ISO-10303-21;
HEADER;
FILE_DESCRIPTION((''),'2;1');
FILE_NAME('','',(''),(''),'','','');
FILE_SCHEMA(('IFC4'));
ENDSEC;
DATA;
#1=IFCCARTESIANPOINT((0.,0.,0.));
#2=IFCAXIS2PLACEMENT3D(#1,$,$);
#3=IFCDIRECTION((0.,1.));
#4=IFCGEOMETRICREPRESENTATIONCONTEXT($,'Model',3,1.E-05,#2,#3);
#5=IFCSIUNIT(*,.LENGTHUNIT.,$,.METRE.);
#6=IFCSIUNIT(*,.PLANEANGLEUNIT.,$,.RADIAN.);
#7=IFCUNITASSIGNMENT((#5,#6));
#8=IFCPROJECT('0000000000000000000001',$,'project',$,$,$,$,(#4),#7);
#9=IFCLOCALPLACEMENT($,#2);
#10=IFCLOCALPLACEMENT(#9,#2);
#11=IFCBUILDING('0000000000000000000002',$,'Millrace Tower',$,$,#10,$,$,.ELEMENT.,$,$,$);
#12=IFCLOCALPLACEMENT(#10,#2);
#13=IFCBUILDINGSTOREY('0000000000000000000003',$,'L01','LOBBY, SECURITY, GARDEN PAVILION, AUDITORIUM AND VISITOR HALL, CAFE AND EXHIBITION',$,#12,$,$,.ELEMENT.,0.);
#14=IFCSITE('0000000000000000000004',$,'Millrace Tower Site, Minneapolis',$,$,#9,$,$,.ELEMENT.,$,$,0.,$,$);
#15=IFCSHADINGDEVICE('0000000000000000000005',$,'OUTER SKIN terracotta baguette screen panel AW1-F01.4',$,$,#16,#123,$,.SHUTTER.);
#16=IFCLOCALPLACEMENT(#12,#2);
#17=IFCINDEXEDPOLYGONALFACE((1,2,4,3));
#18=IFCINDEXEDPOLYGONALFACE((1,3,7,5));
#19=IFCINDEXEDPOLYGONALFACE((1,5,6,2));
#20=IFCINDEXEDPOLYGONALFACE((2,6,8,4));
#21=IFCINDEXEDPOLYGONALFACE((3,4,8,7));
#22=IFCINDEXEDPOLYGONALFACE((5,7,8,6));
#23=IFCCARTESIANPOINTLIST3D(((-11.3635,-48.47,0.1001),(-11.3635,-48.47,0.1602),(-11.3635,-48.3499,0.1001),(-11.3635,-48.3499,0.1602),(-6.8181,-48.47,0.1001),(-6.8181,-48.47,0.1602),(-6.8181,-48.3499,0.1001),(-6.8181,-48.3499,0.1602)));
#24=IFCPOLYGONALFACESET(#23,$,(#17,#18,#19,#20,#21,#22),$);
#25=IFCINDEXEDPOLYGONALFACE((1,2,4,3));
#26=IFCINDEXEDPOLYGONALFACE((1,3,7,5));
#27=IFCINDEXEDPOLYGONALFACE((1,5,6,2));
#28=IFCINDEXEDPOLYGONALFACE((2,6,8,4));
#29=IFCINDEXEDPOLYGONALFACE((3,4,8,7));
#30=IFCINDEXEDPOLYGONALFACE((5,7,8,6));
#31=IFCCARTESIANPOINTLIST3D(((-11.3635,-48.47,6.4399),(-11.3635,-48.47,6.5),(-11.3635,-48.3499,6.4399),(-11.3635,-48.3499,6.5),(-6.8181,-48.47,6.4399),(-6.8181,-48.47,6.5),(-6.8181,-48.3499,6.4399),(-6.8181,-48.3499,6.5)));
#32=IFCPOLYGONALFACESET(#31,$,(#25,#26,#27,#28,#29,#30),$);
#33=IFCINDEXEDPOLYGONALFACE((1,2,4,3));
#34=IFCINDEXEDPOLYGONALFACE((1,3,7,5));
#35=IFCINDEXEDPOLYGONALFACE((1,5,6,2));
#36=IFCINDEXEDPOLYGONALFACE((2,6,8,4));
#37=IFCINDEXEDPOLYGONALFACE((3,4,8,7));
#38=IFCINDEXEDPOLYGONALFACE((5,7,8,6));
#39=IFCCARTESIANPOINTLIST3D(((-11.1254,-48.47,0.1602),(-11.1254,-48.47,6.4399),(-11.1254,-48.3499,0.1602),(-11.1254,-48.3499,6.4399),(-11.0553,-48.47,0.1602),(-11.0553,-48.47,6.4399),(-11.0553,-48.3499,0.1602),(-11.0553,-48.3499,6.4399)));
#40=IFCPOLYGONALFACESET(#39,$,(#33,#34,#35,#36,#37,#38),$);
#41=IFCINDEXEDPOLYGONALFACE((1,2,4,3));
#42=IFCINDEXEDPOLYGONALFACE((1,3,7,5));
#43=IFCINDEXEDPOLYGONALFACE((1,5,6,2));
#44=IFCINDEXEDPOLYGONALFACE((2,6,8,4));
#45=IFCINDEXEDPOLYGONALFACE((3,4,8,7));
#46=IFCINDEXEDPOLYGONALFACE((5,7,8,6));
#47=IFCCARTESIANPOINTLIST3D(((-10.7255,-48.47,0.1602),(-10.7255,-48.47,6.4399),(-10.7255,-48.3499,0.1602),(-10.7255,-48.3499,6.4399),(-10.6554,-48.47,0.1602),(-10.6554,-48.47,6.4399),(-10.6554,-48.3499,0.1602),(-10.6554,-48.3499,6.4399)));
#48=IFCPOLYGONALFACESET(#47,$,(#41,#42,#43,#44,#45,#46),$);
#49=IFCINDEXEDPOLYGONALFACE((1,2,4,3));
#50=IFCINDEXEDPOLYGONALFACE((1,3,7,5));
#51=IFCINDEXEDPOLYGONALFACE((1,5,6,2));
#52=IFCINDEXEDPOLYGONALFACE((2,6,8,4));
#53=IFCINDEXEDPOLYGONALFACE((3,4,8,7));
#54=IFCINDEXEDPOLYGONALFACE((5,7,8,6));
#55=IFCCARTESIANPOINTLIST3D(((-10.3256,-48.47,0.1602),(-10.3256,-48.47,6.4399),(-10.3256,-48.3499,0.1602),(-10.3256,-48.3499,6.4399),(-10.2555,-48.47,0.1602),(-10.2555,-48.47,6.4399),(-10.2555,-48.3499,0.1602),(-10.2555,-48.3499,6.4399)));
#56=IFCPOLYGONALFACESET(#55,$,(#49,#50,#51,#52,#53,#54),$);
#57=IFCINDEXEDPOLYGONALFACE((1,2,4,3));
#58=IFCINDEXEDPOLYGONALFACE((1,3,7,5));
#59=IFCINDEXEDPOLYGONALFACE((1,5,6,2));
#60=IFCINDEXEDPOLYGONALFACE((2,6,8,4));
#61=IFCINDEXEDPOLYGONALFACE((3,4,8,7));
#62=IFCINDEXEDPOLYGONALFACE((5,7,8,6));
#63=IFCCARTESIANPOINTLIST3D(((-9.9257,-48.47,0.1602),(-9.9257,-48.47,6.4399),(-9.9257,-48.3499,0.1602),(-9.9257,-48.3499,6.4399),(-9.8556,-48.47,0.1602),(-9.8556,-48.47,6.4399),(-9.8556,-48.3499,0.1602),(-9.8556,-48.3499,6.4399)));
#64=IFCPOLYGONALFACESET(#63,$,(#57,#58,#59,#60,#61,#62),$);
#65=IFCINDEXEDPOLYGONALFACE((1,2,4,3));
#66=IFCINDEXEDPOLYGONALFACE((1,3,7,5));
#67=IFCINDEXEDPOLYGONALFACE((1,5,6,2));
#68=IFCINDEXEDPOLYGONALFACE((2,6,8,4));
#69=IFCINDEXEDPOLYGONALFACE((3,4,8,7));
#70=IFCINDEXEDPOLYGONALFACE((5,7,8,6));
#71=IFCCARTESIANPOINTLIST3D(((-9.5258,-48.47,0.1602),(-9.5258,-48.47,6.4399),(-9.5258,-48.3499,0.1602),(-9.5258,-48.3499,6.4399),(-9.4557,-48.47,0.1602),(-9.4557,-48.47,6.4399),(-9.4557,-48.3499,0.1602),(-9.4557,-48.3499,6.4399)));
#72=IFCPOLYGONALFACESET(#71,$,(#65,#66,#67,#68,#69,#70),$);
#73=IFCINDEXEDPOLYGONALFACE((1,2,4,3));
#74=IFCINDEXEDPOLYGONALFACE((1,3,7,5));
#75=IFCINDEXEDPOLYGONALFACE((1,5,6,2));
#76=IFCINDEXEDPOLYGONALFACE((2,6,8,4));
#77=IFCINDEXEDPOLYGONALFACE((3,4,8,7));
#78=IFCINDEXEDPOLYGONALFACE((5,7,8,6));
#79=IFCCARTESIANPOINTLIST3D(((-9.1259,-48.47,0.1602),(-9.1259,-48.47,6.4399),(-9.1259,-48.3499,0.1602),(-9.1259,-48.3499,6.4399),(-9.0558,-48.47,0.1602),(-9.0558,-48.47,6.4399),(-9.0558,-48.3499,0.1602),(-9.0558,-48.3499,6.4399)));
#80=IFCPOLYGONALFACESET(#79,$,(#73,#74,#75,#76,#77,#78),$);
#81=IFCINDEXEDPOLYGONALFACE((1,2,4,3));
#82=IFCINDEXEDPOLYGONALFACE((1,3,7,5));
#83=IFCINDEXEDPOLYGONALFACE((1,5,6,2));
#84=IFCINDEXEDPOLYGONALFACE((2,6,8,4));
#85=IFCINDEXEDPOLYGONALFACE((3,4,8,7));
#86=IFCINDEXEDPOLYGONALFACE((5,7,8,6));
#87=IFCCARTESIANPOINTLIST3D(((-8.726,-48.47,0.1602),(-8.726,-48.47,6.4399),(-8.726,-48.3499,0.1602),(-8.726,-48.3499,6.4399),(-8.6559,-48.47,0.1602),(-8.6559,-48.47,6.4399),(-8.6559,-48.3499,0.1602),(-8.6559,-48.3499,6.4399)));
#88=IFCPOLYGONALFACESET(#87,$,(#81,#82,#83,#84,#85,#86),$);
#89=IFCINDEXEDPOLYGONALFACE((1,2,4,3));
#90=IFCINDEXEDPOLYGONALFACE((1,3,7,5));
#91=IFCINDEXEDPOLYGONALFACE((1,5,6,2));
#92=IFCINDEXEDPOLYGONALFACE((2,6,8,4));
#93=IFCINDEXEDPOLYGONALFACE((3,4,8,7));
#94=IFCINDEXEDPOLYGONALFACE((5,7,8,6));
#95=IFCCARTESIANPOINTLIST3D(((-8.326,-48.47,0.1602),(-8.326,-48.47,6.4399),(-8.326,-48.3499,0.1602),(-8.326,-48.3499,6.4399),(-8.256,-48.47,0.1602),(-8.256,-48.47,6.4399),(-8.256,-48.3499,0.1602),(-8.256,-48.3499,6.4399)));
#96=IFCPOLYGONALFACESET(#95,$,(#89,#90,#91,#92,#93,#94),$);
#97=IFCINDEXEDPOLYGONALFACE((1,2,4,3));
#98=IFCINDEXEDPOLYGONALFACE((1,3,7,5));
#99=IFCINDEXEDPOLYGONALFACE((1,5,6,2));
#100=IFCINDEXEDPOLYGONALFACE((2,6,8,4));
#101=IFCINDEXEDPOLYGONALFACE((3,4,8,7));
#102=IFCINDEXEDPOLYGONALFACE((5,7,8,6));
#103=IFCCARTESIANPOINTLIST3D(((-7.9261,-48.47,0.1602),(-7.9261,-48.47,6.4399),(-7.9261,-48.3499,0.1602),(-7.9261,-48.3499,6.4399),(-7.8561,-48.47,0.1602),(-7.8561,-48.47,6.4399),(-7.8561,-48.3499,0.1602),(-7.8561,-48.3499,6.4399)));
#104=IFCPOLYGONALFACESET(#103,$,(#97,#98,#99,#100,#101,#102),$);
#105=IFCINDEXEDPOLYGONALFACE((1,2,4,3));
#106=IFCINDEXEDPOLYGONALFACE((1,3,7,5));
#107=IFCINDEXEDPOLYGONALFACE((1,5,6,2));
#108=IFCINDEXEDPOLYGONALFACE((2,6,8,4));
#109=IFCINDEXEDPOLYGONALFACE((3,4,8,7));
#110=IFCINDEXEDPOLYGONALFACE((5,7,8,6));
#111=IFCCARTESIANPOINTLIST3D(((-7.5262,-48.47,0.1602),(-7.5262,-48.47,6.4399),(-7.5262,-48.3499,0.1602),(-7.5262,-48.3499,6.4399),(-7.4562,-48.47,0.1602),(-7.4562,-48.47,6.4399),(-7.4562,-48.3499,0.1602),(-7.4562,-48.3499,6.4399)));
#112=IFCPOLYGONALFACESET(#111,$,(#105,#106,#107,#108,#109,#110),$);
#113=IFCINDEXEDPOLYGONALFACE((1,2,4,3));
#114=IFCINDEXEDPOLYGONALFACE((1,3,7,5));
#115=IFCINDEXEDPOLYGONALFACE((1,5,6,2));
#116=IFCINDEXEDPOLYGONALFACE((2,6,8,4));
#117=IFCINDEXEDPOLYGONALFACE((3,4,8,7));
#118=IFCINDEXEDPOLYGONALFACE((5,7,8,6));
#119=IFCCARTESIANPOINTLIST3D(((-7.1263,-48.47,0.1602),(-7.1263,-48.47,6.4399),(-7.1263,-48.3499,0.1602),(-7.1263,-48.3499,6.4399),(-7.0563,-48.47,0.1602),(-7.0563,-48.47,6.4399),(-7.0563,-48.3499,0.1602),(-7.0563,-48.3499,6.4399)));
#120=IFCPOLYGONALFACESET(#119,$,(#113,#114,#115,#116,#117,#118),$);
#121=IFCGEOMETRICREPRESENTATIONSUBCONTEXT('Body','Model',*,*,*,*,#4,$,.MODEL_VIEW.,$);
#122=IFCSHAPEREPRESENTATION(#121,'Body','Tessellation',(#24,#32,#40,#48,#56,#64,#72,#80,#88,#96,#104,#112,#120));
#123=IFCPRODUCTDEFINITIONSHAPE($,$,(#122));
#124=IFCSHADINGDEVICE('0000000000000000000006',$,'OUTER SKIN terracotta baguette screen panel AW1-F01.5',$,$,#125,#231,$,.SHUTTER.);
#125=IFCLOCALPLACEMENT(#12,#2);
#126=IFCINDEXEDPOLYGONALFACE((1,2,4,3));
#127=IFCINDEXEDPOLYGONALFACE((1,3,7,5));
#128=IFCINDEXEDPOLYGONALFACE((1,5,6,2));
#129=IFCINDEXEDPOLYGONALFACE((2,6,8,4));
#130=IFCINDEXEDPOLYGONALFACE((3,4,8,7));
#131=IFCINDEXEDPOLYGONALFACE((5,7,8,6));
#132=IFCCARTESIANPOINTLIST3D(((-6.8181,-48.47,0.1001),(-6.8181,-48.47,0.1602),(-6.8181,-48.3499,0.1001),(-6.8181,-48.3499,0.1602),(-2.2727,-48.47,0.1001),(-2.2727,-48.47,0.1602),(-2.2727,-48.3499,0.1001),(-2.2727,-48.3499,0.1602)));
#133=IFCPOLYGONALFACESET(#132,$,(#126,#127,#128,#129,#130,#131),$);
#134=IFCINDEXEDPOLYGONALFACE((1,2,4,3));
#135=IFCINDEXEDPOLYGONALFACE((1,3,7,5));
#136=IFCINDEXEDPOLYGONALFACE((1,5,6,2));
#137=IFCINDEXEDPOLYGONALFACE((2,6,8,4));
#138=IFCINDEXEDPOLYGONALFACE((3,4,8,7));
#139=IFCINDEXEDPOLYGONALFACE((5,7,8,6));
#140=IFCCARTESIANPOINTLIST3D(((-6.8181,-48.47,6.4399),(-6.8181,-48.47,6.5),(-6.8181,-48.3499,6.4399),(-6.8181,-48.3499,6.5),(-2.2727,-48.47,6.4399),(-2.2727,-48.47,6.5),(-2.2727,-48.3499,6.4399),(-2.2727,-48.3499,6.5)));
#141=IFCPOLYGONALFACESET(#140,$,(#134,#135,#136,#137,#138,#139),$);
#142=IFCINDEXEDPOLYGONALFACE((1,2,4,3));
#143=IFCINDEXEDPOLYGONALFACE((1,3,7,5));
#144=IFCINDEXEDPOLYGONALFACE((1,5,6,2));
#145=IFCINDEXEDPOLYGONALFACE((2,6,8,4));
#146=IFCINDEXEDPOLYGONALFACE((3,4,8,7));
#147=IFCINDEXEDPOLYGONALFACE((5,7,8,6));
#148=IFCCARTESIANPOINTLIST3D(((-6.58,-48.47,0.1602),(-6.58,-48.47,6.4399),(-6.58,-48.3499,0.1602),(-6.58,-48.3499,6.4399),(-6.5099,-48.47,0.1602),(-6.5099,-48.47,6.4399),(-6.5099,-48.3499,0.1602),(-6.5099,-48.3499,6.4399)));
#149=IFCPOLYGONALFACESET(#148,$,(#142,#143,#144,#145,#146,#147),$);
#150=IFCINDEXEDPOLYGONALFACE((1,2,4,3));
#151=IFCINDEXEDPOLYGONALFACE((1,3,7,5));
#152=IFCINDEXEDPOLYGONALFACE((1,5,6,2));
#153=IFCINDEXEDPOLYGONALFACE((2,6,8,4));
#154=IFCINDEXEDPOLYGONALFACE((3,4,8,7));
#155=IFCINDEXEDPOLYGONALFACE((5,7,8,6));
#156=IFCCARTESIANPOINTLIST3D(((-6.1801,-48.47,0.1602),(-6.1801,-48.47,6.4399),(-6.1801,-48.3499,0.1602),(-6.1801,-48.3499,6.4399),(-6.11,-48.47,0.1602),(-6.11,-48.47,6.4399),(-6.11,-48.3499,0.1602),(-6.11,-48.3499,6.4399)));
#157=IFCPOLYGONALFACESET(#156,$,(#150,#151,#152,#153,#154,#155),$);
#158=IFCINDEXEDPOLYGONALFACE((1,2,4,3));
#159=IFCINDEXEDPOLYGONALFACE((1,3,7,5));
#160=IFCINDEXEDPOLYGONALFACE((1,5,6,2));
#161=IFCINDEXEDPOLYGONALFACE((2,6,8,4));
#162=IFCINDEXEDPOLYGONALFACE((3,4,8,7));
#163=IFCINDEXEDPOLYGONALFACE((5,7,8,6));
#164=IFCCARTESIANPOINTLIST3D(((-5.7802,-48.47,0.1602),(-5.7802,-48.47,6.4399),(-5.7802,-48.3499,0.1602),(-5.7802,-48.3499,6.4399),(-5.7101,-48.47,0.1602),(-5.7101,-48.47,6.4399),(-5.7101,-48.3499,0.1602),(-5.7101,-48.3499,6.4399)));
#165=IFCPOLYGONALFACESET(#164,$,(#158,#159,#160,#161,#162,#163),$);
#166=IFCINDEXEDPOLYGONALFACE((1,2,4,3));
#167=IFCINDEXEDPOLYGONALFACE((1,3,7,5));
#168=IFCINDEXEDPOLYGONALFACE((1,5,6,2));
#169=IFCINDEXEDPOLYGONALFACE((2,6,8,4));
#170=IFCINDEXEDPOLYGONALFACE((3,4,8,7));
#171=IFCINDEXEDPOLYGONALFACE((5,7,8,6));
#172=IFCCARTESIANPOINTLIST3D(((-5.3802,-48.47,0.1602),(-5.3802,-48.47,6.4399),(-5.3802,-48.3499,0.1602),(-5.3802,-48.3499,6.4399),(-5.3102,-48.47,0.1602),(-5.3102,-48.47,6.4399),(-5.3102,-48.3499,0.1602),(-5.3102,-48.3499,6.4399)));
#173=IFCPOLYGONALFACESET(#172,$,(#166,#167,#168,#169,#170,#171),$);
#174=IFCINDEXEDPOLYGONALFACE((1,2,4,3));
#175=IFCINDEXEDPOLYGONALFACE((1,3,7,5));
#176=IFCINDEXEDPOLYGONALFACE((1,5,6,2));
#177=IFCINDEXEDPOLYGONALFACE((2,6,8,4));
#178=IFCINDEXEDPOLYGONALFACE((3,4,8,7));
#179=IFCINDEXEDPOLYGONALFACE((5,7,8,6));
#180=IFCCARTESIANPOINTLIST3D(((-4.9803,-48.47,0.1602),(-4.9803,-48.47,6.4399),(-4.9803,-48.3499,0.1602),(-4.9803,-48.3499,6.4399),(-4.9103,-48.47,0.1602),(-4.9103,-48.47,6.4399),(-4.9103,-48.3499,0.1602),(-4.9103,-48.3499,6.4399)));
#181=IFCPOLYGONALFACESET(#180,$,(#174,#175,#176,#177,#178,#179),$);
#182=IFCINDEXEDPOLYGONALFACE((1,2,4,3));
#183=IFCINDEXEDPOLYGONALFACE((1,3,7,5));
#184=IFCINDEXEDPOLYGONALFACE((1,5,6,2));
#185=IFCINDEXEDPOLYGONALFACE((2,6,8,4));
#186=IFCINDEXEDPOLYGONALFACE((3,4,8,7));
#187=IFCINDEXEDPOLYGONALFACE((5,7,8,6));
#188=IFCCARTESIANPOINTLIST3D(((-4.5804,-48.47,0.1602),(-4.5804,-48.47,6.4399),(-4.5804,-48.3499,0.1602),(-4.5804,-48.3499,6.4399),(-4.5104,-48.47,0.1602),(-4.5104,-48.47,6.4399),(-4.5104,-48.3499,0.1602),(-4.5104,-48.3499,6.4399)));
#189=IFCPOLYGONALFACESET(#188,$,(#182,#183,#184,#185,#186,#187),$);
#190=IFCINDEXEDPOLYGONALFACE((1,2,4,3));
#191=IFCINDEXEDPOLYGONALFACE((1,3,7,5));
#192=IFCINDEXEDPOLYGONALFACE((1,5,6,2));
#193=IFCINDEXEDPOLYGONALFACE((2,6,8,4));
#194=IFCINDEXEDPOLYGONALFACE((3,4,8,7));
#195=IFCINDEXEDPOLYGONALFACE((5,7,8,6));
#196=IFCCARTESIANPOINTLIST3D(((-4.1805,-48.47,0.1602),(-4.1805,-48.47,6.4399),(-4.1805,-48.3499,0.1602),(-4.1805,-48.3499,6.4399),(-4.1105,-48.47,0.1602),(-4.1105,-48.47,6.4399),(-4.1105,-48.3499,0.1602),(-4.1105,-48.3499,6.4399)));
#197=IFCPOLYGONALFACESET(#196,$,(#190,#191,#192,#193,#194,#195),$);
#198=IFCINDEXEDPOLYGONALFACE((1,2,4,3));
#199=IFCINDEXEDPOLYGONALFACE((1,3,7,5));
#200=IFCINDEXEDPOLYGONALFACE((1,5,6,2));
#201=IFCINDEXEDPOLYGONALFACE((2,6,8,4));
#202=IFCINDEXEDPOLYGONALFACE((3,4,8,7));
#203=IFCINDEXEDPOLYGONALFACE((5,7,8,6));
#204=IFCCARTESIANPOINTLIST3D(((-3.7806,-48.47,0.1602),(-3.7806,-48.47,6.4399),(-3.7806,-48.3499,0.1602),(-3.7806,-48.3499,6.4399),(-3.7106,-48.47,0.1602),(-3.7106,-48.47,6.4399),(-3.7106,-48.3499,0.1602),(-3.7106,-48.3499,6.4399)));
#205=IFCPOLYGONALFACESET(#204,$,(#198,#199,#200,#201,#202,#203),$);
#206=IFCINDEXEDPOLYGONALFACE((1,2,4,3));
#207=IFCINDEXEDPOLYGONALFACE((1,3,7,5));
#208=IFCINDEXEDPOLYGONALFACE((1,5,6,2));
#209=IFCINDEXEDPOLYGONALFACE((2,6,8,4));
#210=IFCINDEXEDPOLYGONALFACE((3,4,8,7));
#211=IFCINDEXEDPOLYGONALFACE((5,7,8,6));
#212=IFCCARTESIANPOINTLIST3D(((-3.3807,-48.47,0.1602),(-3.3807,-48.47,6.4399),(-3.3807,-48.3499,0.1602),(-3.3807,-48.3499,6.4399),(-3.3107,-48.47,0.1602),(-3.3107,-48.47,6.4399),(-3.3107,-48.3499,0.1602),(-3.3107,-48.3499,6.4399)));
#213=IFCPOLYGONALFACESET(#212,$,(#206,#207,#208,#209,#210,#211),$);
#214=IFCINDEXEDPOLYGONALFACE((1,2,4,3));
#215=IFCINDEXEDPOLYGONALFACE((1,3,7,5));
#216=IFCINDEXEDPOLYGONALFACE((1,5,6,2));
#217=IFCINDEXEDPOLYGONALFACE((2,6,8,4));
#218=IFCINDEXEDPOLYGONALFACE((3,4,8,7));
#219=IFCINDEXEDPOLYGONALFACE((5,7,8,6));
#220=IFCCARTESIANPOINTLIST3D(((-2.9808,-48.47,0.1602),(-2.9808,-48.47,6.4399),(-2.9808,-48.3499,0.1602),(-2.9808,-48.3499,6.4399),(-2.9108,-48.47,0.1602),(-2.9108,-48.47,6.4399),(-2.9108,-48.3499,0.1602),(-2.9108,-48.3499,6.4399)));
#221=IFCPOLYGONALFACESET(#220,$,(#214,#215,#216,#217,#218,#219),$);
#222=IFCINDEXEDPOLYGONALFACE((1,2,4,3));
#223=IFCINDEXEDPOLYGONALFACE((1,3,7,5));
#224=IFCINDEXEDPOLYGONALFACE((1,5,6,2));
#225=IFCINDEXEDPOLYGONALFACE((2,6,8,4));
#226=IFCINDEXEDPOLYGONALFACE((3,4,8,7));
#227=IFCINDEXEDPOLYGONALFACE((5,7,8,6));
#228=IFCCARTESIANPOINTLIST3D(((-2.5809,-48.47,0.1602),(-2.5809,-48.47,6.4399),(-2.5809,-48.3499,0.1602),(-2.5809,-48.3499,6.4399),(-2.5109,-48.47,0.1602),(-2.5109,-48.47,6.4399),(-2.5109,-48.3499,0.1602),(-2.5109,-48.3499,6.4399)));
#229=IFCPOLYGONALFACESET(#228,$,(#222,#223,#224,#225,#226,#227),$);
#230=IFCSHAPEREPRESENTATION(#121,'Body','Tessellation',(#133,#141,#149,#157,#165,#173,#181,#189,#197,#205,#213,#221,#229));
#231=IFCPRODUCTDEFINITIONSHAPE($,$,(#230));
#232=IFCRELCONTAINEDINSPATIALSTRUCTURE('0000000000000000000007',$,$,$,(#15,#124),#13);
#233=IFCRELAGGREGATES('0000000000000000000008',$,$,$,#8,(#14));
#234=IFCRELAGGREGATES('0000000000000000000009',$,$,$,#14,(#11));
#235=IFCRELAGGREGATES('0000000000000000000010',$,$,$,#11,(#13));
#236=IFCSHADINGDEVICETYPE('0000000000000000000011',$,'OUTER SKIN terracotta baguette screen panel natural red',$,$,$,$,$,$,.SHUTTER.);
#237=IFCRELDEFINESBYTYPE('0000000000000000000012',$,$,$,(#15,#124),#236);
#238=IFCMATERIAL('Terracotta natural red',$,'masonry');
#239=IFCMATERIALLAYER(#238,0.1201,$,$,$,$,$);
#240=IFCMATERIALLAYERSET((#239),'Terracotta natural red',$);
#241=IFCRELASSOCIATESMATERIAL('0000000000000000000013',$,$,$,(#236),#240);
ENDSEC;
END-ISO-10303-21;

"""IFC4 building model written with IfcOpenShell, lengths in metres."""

from ifc_helpers import new_model, entity, si_unit, direction, frame, frame_2d, origin, origin_2d, place, context, subcontext, project, spatial, rectangle, extrude, source, transform, mapped, material, layer, layer_set, type_object, element, save


model = new_model("IFC4")

# Units and contexts
model_context = context("Model", 3, precision=1e-05, world=origin(), true_north=direction((0.0, 1.0)))
body_context = subcontext(model_context, "Body", "Model", "MODEL_VIEW")
ifc_project = project(units=[si_unit("LENGTHUNIT", "METRE"), si_unit("PLANEANGLEUNIT", "RADIAN")], contexts=[model_context])

# Site, building, storey
site_placement = place(None, origin())
site = spatial("IfcSite", under=ifc_project, at=site_placement, Name="Millrace Tower Site, Minneapolis", CompositionType="ELEMENT", RefElevation=0.0)
building_placement = place(site_placement, origin())
building = spatial("IfcBuilding", under=site, at=building_placement, Name="Millrace Tower", CompositionType="ELEMENT")
storey_placement = place(building_placement, origin())
storey = spatial("IfcBuildingStorey", under=building, at=storey_placement, Name="L01", Description="LOBBY, SECURITY, GARDEN PAVILION, AUDITORIUM AND VISITOR HALL, CAFE AND EXHIBITION", CompositionType="ELEMENT", Elevation=0.0)

# Shading devices
ifc_material_1 = material(Name="Terracotta natural red", Category="masonry")
ifc_layer_1 = layer(ifc_material_1, 0.1201)
ifc_layer_set_1 = layer_set([ifc_layer_1], Name="Terracotta natural red")
shading_device_type = type_object("IfcShadingDeviceType", Name="OUTER SKIN terracotta baguette screen panel natural red", PredefinedType="SHUTTER", material=ifc_layer_set_1)
cartesian_point = entity("IfcCartesianPoint", [-2.2727, 0.0601])
shared_polyline = entity("IfcPolyline", [cartesian_point, entity("IfcCartesianPoint", [2.2727, 0.0601]), entity("IfcCartesianPoint", [2.2727, -0.0601]), entity("IfcCartesianPoint", [-2.2727, -0.0601]), cartesian_point])
shared_shape = source(origin(), body_context, "Body", "SweptSolid", [
    entity("IfcExtrudedAreaSolid", entity("IfcArbitraryClosedProfileDef", "AREA", None, shared_polyline), entity("IfcAxis2Placement3D", entity("IfcCartesianPoint", [0.0, 0.0, 0.0])), entity("IfcDirection", [0.0, 0.0, 1.0]), 0.0601),
    entity("IfcExtrudedAreaSolid", entity("IfcArbitraryClosedProfileDef", "AREA", None, shared_polyline), entity("IfcAxis2Placement3D", entity("IfcCartesianPoint", [0.0, 0.0, 6.3398])), entity("IfcDirection", [0.0, 0.0, 1.0]), 0.0601),
    extrude(rectangle(XDim=0.0701, YDim=0.1201, at=frame_2d((-1.9995, 0.0))), frame((0.0, 0.0, 0.0601)), (0.0, 0.0, 1.0), 6.2798),
    extrude(rectangle(XDim=0.0701, YDim=0.1201, at=frame_2d((-1.5996, 0.0))), frame((0.0, 0.0, 0.0601)), (0.0, 0.0, 1.0), 6.2798),
    extrude(rectangle(XDim=0.0701, YDim=0.1201, at=frame_2d((-1.1997, 0.0))), frame((0.0, 0.0, 0.0601)), (0.0, 0.0, 1.0), 6.2798),
    extrude(rectangle(XDim=0.0701, YDim=0.1201, at=frame_2d((-0.7998, 0.0))), frame((0.0, 0.0, 0.0601)), (0.0, 0.0, 1.0), 6.2798),
    extrude(rectangle(XDim=0.0701, YDim=0.1201, at=frame_2d((-0.3999, 0.0))), frame((0.0, 0.0, 0.0601)), (0.0, 0.0, 1.0), 6.2798),
    extrude(rectangle(XDim=0.0701, YDim=0.1201, at=origin_2d()), frame((0.0, 0.0, 0.0601)), (0.0, 0.0, 1.0), 6.2798),
    extrude(rectangle(XDim=0.0701, YDim=0.1201, at=frame_2d((0.3999, 0.0))), frame((0.0, 0.0, 0.0601)), (0.0, 0.0, 1.0), 6.2798),
    extrude(rectangle(XDim=0.0701, YDim=0.1201, at=frame_2d((0.7998, 0.0))), frame((0.0, 0.0, 0.0601)), (0.0, 0.0, 1.0), 6.2798),
    extrude(rectangle(XDim=0.0701, YDim=0.1201, at=frame_2d((1.1997, 0.0))), frame((0.0, 0.0, 0.0601)), (0.0, 0.0, 1.0), 6.2798),
    extrude(rectangle(XDim=0.0701, YDim=0.1201, at=frame_2d((1.5996, 0.0))), frame((0.0, 0.0, 0.0601)), (0.0, 0.0, 1.0), 6.2798),
    extrude(rectangle(XDim=0.0701, YDim=0.1201, at=frame_2d((1.9995, 0.0))), frame((0.0, 0.0, 0.0601)), (0.0, 0.0, 1.0), 6.2798),
])
for number, where, z_axis, x_axis, name in (
    (1, (-9.0908, -48.4099, 0.1001), (0.0, 0.0, 1.0), (1.0, 0.0, 0.0), "OUTER SKIN terracotta baguette screen panel AW1-F01.4"),
    (2, (-4.5454, -48.4099, 0.1001), (0.0, 0.0, 1.0), (1.0, 0.0, 0.0), "OUTER SKIN terracotta baguette screen panel AW1-F01.5"),
):
    element("IfcShadingDevice", number, at=place(storey_placement, frame(where, z_axis=z_axis, x_axis=x_axis)), inside=storey, type_object=shading_device_type, Name=name, PredefinedType="SHUTTER", context=body_context, shape_type="MappedRepresentation", body=[
        mapped(shared_shape, transform((0.0, 0.0, 0.0), scale=1.0)),
    ])

save(model, "model.ifc")
